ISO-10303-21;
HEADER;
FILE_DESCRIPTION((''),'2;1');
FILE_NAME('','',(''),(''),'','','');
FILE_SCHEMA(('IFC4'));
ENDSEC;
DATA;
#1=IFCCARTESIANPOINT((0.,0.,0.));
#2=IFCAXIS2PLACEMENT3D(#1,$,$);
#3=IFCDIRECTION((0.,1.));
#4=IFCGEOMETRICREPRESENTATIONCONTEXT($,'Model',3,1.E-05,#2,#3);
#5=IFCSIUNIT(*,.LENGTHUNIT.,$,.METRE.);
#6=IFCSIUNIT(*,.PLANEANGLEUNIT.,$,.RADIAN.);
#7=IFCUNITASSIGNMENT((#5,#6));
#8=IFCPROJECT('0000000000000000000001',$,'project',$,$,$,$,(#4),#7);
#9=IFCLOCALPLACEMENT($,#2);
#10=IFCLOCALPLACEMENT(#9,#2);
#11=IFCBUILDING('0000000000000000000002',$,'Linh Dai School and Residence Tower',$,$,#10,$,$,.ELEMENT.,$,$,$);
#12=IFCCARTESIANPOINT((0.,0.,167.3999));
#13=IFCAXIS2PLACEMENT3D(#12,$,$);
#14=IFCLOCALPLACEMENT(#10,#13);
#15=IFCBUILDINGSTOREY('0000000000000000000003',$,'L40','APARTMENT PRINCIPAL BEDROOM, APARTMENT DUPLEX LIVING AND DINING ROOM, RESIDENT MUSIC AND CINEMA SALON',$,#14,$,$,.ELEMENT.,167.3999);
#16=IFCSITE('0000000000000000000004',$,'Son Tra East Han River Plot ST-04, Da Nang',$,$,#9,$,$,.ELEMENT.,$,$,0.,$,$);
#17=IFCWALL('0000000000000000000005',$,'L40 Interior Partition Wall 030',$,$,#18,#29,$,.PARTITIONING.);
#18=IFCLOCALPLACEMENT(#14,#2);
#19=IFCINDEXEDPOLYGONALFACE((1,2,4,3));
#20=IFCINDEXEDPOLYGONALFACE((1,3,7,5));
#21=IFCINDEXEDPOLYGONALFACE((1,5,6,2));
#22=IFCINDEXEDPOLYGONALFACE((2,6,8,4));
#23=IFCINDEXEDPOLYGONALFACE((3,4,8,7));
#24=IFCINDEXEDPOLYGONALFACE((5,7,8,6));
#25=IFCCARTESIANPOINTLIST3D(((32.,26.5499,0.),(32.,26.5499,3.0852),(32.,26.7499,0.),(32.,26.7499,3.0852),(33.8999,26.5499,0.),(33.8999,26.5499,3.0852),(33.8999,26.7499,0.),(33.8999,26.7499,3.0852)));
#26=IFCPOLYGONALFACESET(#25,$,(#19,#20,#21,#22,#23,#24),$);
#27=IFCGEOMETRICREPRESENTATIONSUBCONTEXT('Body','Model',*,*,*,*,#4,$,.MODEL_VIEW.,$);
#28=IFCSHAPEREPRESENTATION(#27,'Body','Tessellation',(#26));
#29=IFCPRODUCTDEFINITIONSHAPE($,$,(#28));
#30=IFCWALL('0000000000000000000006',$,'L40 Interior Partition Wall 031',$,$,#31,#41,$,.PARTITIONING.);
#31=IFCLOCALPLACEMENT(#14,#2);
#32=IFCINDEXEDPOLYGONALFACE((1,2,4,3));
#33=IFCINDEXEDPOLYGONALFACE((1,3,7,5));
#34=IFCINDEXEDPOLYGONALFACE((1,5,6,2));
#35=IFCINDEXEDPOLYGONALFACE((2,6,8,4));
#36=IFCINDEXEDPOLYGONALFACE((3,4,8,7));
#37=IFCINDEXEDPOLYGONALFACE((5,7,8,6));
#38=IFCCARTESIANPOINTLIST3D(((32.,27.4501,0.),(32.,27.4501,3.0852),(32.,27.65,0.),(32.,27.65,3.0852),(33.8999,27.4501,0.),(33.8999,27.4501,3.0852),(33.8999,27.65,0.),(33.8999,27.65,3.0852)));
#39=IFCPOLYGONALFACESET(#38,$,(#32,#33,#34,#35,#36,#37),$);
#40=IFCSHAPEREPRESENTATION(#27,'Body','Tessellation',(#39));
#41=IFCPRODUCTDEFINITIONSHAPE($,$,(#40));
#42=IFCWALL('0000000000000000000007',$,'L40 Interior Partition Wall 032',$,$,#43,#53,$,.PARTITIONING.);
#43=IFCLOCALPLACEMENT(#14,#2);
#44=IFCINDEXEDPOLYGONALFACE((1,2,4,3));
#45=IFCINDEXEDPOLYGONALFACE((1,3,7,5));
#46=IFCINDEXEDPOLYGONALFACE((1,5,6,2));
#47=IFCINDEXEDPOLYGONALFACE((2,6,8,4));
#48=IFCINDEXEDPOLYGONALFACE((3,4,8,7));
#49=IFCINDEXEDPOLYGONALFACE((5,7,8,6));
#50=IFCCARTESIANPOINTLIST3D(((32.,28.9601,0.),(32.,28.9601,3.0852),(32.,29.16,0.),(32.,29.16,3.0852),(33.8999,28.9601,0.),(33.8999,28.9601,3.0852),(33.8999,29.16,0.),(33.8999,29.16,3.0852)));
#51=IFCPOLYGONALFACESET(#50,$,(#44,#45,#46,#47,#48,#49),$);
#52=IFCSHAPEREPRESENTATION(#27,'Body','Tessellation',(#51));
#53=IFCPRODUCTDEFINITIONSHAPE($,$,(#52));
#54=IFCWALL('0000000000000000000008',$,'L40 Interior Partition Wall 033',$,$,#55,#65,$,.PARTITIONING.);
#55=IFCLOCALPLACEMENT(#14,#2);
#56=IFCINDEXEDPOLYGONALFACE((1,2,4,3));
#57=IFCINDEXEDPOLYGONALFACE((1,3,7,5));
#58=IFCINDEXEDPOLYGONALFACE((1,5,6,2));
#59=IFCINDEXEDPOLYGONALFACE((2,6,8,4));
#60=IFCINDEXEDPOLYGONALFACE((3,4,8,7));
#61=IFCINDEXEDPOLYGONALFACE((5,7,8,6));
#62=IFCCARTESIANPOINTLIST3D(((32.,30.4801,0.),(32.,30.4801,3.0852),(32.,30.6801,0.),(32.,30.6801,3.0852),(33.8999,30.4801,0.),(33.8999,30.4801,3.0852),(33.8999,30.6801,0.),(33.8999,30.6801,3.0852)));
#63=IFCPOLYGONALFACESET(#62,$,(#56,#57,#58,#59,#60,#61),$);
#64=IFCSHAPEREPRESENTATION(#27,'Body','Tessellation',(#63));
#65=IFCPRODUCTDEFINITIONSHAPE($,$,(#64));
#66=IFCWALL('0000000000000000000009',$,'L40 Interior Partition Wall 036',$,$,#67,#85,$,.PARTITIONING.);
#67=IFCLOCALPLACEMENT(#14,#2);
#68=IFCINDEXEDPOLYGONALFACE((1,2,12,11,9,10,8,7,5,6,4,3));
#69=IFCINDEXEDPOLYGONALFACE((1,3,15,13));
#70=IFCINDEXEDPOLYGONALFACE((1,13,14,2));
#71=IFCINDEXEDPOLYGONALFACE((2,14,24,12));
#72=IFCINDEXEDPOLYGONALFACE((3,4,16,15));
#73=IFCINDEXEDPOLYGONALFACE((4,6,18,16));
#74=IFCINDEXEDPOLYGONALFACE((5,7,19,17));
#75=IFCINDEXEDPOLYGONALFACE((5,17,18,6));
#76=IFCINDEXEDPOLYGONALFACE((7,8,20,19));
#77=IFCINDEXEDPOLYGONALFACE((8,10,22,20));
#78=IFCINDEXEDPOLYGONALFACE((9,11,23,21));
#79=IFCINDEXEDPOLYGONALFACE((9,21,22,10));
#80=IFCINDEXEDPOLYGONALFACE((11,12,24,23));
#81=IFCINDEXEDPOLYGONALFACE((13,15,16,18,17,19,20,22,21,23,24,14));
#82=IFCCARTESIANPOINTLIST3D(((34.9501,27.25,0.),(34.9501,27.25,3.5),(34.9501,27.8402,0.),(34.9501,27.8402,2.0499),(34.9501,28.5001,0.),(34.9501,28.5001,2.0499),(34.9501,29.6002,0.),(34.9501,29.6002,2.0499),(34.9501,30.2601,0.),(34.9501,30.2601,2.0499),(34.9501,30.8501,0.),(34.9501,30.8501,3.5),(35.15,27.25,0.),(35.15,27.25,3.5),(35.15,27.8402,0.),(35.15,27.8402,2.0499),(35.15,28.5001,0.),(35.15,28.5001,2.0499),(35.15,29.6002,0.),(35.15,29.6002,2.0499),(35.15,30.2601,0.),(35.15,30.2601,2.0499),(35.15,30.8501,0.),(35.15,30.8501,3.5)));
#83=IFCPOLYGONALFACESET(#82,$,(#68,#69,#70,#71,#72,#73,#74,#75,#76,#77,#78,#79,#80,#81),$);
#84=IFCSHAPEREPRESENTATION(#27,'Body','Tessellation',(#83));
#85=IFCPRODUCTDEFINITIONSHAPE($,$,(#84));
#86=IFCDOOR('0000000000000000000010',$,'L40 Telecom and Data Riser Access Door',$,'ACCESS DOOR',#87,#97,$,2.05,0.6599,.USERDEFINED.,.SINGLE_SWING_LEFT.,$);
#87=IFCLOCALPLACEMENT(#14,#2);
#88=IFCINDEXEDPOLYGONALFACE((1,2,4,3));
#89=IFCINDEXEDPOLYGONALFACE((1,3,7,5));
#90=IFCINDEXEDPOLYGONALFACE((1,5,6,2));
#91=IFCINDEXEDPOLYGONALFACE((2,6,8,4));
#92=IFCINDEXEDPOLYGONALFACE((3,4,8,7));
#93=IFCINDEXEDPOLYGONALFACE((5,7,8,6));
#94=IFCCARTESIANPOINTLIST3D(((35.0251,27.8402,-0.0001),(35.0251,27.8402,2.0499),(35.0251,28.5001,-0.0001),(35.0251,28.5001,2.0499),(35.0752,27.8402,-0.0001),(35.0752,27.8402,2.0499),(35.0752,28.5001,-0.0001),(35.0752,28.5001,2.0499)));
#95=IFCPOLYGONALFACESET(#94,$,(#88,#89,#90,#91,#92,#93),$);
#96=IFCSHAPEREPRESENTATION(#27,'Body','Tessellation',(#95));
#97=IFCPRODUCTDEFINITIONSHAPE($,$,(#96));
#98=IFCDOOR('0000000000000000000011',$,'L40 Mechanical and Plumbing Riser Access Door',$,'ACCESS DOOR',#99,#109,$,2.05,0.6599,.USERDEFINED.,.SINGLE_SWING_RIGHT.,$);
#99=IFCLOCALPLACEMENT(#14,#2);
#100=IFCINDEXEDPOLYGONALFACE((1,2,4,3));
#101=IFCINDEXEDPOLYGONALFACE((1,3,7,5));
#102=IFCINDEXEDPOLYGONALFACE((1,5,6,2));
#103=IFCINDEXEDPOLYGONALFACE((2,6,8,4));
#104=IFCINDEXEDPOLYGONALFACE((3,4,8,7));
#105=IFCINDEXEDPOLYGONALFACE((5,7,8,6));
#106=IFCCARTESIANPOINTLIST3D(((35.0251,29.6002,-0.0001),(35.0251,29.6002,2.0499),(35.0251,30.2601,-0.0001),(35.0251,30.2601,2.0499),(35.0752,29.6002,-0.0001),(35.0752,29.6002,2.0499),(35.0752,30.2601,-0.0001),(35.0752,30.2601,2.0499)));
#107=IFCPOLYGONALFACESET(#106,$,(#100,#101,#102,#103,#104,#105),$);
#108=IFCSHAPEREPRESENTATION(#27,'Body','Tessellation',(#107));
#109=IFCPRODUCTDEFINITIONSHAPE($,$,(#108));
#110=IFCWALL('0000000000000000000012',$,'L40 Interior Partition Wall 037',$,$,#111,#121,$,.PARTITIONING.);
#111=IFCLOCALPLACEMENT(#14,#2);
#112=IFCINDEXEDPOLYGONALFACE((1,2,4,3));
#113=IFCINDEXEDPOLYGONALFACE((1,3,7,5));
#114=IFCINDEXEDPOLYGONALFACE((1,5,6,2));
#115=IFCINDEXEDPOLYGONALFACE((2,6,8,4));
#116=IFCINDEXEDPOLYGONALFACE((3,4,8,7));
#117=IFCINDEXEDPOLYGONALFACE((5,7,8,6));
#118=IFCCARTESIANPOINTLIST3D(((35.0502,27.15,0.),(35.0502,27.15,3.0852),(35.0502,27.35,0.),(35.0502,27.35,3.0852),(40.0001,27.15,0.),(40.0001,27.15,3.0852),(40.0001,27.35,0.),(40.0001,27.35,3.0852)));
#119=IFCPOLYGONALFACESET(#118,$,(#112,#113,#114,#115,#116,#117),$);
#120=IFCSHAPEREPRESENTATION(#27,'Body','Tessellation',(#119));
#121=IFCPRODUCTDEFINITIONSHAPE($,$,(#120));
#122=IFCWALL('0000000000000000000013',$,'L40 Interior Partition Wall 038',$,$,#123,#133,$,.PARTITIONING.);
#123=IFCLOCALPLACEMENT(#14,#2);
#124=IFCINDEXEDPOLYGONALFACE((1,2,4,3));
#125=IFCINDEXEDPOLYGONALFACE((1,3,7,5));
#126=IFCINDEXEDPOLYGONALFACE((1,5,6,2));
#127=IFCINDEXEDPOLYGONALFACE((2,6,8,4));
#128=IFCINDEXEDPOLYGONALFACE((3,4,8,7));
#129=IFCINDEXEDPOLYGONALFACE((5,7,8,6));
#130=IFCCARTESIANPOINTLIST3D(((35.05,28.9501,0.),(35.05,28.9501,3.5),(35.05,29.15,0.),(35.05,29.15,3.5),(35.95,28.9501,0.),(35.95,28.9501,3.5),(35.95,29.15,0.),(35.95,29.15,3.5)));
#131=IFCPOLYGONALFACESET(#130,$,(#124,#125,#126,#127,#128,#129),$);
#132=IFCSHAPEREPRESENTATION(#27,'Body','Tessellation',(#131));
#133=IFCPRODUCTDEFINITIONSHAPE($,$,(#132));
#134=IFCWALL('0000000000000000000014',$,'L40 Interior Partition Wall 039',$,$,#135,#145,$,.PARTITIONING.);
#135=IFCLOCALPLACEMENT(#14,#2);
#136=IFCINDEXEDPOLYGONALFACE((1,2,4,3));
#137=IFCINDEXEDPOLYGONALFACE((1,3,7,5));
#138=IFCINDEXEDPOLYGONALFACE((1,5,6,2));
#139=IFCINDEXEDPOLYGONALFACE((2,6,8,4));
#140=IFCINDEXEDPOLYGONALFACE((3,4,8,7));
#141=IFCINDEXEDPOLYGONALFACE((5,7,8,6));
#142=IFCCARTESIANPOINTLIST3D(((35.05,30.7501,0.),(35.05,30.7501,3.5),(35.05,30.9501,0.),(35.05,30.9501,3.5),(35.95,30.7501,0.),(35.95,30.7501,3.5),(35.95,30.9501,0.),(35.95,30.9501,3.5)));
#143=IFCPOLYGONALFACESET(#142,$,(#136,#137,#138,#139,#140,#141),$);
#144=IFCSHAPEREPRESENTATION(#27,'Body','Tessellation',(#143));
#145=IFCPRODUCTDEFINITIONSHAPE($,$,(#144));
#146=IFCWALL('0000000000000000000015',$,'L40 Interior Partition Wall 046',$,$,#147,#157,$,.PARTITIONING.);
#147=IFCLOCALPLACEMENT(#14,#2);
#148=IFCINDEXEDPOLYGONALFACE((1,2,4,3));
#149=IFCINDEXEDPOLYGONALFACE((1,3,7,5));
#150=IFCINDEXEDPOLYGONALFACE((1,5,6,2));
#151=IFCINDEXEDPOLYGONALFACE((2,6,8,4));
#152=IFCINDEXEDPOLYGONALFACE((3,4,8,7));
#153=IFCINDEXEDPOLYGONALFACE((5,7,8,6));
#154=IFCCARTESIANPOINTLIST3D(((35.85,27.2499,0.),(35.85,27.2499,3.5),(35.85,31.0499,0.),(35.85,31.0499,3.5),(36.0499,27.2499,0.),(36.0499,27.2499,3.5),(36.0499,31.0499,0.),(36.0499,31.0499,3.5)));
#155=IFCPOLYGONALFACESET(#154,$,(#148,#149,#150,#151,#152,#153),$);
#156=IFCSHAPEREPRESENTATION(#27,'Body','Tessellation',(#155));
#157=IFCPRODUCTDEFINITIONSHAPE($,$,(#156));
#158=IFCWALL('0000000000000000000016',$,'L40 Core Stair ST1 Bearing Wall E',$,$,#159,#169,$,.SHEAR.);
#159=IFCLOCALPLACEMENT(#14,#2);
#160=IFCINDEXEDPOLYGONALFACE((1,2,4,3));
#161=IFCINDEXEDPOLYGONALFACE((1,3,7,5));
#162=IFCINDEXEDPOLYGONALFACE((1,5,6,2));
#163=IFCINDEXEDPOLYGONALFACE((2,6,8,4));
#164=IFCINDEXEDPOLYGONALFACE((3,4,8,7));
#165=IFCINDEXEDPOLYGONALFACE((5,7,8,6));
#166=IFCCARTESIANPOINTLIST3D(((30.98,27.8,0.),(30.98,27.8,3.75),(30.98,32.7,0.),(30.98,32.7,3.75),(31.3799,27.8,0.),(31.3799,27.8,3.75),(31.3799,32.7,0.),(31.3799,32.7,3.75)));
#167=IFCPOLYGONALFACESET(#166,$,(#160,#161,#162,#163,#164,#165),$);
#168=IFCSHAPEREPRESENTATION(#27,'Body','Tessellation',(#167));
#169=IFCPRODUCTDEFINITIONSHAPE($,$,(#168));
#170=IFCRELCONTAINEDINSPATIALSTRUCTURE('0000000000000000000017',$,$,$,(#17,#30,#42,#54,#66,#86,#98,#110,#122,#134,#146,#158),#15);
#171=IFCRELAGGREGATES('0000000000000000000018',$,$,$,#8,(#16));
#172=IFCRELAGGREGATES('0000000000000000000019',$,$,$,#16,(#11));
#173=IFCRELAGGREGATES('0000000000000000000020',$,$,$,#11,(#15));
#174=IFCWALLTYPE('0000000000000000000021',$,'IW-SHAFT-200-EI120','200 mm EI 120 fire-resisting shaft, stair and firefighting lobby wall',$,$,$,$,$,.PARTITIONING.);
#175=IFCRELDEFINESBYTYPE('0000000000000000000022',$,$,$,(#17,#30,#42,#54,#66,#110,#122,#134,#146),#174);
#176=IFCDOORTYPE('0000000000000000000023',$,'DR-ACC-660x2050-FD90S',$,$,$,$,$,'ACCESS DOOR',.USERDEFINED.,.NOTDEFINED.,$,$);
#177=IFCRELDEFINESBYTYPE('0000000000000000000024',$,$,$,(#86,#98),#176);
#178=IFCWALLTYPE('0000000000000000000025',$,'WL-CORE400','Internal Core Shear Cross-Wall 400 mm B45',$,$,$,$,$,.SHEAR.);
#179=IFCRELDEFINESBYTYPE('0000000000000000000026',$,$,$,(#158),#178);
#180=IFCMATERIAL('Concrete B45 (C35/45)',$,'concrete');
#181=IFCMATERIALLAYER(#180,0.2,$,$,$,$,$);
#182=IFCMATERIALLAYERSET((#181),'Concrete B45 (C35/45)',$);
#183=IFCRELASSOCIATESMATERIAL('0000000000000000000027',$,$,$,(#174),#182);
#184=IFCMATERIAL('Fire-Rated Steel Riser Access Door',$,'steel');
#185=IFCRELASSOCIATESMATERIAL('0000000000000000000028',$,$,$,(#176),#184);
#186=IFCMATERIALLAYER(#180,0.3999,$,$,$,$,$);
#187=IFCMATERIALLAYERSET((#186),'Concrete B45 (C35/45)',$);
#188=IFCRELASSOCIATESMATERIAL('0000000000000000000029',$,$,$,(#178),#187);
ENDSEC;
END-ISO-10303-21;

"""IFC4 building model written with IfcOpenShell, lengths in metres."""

from ifc_helpers import new_model, si_unit, direction, frame, frame_2d, origin, origin_2d, place, context, subcontext, project, spatial, rectangle, extrude, source, transform, mapped, material, layer, layer_set, type_object, element, fill, save


model = new_model("IFC4")

# Units and contexts
model_context = context("Model", 3, precision=1e-05, world=origin(), true_north=direction((0.0, 1.0)))
body_context = subcontext(model_context, "Body", "Model", "MODEL_VIEW")
ifc_project = project(units=[si_unit("LENGTHUNIT", "METRE"), si_unit("PLANEANGLEUNIT", "RADIAN")], contexts=[model_context])

# Site, building, storey
site_placement = place(None, origin())
site = spatial("IfcSite", under=ifc_project, at=site_placement, Name="Son Tra East Han River Plot ST-04, Da Nang", CompositionType="ELEMENT", RefElevation=0.0)
building_placement = place(site_placement, origin())
building = spatial("IfcBuilding", under=site, at=building_placement, Name="Linh Dai School and Residence Tower", CompositionType="ELEMENT")
storey_placement = place(building_placement, frame((0.0, 0.0, 167.3999)))
storey = spatial("IfcBuildingStorey", under=building, at=storey_placement, Name="L40", Description="APARTMENT PRINCIPAL BEDROOM, APARTMENT DUPLEX LIVING AND DINING ROOM, RESIDENT MUSIC AND CINEMA SALON", CompositionType="ELEMENT", Elevation=167.3999)

# Walls
ifc_material_1 = material(Name="Concrete B45 (C35/45)", Category="concrete")
ifc_layer_1 = layer(ifc_material_1, 0.2)
ifc_layer_set_1 = layer_set([ifc_layer_1], Name="Concrete B45 (C35/45)")
wall_type_1 = type_object("IfcWallType", Name="IW-SHAFT-200-EI120", Description="200 mm EI 120 fire-resisting shaft, stair and firefighting lobby wall", PredefinedType="PARTITIONING", material=ifc_layer_set_1)
for number, where, z_axis, x_axis, name in (
    (1, (32.0, 26.6499, 0.0), (0.0, 0.0, 1.0), (1.0, 0.0, 0.0), "L40 Interior Partition Wall 030"),
    (2, (32.0, 27.55, 0.0), (0.0, 0.0, 1.0), (1.0, 0.0, 0.0), "L40 Interior Partition Wall 031"),
    (3, (32.0, 29.0601, 0.0), (0.0, 0.0, 1.0), (1.0, 0.0, 0.0), "L40 Interior Partition Wall 032"),
    (4, (32.0, 30.5801, 0.0), (0.0, 0.0, 1.0), (1.0, 0.0, 0.0), "L40 Interior Partition Wall 033"),
):
    element("IfcWall", number, at=place(storey_placement, frame(where, z_axis=z_axis, x_axis=x_axis)), inside=storey, type_object=wall_type_1, Name=name, PredefinedType="PARTITIONING", context=body_context, shape_type="SweptSolid", body=[
        extrude(rectangle(XDim=1.8999, YDim=0.2, at=frame_2d((0.95, 0.0))), origin(), (0.0, 0.0, 1.0), 3.0852),
    ])

# Wall, openings, doors
wall_1_placement = place(storey_placement, frame((35.05, 27.25, 0.0), z_axis=(0.0, 0.0, 1.0), x_axis=(0.0, 1.0, 0.0)))
wall_1 = element("IfcWall", 5, at=wall_1_placement, inside=storey, type_object=wall_type_1, Name="L40 Interior Partition Wall 036", PredefinedType="PARTITIONING", context=body_context, shape_type="SweptSolid", body=[
    extrude(rectangle(XDim=3.6001, YDim=0.2, at=frame_2d((1.8, 0.0))), origin(), (0.0, 0.0, 1.0), 3.5),
])
opening_1_placement = place(wall_1_placement, frame((0.5901, 0.0, 0.0)))
opening_1 = element("IfcOpeningElement", 6, at=opening_1_placement, cuts=wall_1, PredefinedType="OPENING", context=body_context, shape_type="SweptSolid", body=[
    extrude(rectangle(XDim=0.6599, YDim=2.05, at=origin_2d()), frame((0.3301, 0.1099, 1.0249), z_axis=(0.0, -1.0, 0.0), x_axis=(1.0, 0.0, 0.0)), (0.0, 0.0, 1.0), 0.22),
])
opening_2_placement = place(wall_1_placement, frame((2.3501, 0.0, 0.0)))
opening_2 = element("IfcOpeningElement", 7, at=opening_2_placement, cuts=wall_1, PredefinedType="OPENING", context=body_context, shape_type="SweptSolid", body=[
    extrude(rectangle(XDim=0.6599, YDim=2.05, at=origin_2d()), frame((0.3301, 0.1099, 1.0249), z_axis=(0.0, -1.0, 0.0), x_axis=(1.0, 0.0, 0.0)), (0.0, 0.0, 1.0), 0.22),
])
ifc_material_2 = material(Name="Fire-Rated Steel Riser Access Door", Category="steel")
door_type = type_object("IfcDoorType", Name="DR-ACC-660x2050-FD90S", ElementType="ACCESS DOOR", OperationType="NOTDEFINED", PredefinedType="USERDEFINED", material=ifc_material_2)
shared_shape_1 = source(origin(), body_context, "Body", "SweptSolid", [
    extrude(rectangle(XDim=0.6599, YDim=2.05, at=origin_2d()), frame((0.3301, 0.0249, 1.0249), z_axis=(0.0, -1.0, 0.0), x_axis=(1.0, 0.0, 0.0)), (0.0, 0.0, 1.0), 0.05),
])
door_1_placement = place(opening_1_placement, origin())
door_1 = element("IfcDoor", 8, at=door_1_placement, inside=storey, type_object=door_type, Name="L40 Telecom and Data Riser Access Door", ObjectType="ACCESS DOOR", OperationType="SINGLE_SWING_LEFT", OverallHeight=2.05, OverallWidth=0.6599, PredefinedType="USERDEFINED", context=body_context, shape_type="MappedRepresentation", body=[
    mapped(shared_shape_1, transform((0.0, 0.0, 0.0), x_axis=(1.0, 0.0, 0.0), y_axis=(0.0, 1.0, 0.0), z_axis=(0.0, 0.0, 1.0), scale=1.0)),
])
fill(opening_1, door_1)
door_2_placement = place(opening_2_placement, origin())
door_2 = element("IfcDoor", 9, at=door_2_placement, inside=storey, type_object=door_type, Name="L40 Mechanical and Plumbing Riser Access Door", ObjectType="ACCESS DOOR", OperationType="SINGLE_SWING_RIGHT", OverallHeight=2.05, OverallWidth=0.6599, PredefinedType="USERDEFINED", context=body_context, shape_type="MappedRepresentation", body=[
    mapped(shared_shape_1, transform((0.0, 0.0, 0.0), x_axis=(1.0, 0.0, 0.0), y_axis=(0.0, 1.0, 0.0), z_axis=(0.0, 0.0, 1.0), scale=1.0)),
])
fill(opening_2, door_2)

# Walls
wall_2_placement = place(storey_placement, frame((35.05, 27.25, 0.0), z_axis=(0.0, 0.0, 1.0), x_axis=(1.0, 0.0, 0.0)))
element("IfcWall", 10, at=wall_2_placement, inside=storey, type_object=wall_type_1, Name="L40 Interior Partition Wall 037", PredefinedType="PARTITIONING", context=body_context, shape_type="SweptSolid", body=[
    extrude(rectangle(XDim=4.95, YDim=0.2, at=frame_2d((2.4751, 0.0))), origin(), (0.0, 0.0, 1.0), 3.0852),
])
for number, where, z_axis, x_axis, name in (
    (11, (35.05, 29.05, 0.0), (0.0, 0.0, 1.0), (1.0, 0.0, 0.0), "L40 Interior Partition Wall 038"),
    (12, (35.05, 30.8501, 0.0), (0.0, 0.0, 1.0), (1.0, 0.0, 0.0), "L40 Interior Partition Wall 039"),
):
    element("IfcWall", number, at=place(storey_placement, frame(where, z_axis=z_axis, x_axis=x_axis)), inside=storey, type_object=wall_type_1, Name=name, PredefinedType="PARTITIONING", context=body_context, shape_type="SweptSolid", body=[
        extrude(rectangle(XDim=0.8999, YDim=0.2, at=frame_2d((0.45, 0.0))), origin(), (0.0, 0.0, 1.0), 3.5),
    ])
wall_3_placement = place(storey_placement, frame((35.95, 27.25, 0.0), z_axis=(0.0, 0.0, 1.0), x_axis=(0.0, 1.0, 0.0)))
element("IfcWall", 13, at=wall_3_placement, inside=storey, type_object=wall_type_1, Name="L40 Interior Partition Wall 046", PredefinedType="PARTITIONING", context=body_context, shape_type="SweptSolid", body=[
    extrude(rectangle(XDim=3.8, YDim=0.2, at=frame_2d((1.8999, 0.0))), origin(), (0.0, 0.0, 1.0), 3.5),
])
ifc_layer_2 = layer(ifc_material_1, 0.3999)
ifc_layer_set_2 = layer_set([ifc_layer_2], Name="Concrete B45 (C35/45)")
wall_type_2 = type_object("IfcWallType", Name="WL-CORE400", Description="Internal Core Shear Cross-Wall 400 mm B45", PredefinedType="SHEAR", material=ifc_layer_set_2)
wall_4_placement = place(storey_placement, frame((31.1799, 27.8, 0.0), z_axis=(0.0, 0.0, 1.0), x_axis=(0.0, 1.0, 0.0)))
element("IfcWall", 14, at=wall_4_placement, inside=storey, type_object=wall_type_2, Name="L40 Core Stair ST1 Bearing Wall E", PredefinedType="SHEAR", context=body_context, shape_type="SweptSolid", body=[
    extrude(rectangle(XDim=4.8999, YDim=0.3999, at=frame_2d((2.45, 0.0))), origin(), (0.0, 0.0, 1.0), 3.75),
])

save(model, "model.ifc")
